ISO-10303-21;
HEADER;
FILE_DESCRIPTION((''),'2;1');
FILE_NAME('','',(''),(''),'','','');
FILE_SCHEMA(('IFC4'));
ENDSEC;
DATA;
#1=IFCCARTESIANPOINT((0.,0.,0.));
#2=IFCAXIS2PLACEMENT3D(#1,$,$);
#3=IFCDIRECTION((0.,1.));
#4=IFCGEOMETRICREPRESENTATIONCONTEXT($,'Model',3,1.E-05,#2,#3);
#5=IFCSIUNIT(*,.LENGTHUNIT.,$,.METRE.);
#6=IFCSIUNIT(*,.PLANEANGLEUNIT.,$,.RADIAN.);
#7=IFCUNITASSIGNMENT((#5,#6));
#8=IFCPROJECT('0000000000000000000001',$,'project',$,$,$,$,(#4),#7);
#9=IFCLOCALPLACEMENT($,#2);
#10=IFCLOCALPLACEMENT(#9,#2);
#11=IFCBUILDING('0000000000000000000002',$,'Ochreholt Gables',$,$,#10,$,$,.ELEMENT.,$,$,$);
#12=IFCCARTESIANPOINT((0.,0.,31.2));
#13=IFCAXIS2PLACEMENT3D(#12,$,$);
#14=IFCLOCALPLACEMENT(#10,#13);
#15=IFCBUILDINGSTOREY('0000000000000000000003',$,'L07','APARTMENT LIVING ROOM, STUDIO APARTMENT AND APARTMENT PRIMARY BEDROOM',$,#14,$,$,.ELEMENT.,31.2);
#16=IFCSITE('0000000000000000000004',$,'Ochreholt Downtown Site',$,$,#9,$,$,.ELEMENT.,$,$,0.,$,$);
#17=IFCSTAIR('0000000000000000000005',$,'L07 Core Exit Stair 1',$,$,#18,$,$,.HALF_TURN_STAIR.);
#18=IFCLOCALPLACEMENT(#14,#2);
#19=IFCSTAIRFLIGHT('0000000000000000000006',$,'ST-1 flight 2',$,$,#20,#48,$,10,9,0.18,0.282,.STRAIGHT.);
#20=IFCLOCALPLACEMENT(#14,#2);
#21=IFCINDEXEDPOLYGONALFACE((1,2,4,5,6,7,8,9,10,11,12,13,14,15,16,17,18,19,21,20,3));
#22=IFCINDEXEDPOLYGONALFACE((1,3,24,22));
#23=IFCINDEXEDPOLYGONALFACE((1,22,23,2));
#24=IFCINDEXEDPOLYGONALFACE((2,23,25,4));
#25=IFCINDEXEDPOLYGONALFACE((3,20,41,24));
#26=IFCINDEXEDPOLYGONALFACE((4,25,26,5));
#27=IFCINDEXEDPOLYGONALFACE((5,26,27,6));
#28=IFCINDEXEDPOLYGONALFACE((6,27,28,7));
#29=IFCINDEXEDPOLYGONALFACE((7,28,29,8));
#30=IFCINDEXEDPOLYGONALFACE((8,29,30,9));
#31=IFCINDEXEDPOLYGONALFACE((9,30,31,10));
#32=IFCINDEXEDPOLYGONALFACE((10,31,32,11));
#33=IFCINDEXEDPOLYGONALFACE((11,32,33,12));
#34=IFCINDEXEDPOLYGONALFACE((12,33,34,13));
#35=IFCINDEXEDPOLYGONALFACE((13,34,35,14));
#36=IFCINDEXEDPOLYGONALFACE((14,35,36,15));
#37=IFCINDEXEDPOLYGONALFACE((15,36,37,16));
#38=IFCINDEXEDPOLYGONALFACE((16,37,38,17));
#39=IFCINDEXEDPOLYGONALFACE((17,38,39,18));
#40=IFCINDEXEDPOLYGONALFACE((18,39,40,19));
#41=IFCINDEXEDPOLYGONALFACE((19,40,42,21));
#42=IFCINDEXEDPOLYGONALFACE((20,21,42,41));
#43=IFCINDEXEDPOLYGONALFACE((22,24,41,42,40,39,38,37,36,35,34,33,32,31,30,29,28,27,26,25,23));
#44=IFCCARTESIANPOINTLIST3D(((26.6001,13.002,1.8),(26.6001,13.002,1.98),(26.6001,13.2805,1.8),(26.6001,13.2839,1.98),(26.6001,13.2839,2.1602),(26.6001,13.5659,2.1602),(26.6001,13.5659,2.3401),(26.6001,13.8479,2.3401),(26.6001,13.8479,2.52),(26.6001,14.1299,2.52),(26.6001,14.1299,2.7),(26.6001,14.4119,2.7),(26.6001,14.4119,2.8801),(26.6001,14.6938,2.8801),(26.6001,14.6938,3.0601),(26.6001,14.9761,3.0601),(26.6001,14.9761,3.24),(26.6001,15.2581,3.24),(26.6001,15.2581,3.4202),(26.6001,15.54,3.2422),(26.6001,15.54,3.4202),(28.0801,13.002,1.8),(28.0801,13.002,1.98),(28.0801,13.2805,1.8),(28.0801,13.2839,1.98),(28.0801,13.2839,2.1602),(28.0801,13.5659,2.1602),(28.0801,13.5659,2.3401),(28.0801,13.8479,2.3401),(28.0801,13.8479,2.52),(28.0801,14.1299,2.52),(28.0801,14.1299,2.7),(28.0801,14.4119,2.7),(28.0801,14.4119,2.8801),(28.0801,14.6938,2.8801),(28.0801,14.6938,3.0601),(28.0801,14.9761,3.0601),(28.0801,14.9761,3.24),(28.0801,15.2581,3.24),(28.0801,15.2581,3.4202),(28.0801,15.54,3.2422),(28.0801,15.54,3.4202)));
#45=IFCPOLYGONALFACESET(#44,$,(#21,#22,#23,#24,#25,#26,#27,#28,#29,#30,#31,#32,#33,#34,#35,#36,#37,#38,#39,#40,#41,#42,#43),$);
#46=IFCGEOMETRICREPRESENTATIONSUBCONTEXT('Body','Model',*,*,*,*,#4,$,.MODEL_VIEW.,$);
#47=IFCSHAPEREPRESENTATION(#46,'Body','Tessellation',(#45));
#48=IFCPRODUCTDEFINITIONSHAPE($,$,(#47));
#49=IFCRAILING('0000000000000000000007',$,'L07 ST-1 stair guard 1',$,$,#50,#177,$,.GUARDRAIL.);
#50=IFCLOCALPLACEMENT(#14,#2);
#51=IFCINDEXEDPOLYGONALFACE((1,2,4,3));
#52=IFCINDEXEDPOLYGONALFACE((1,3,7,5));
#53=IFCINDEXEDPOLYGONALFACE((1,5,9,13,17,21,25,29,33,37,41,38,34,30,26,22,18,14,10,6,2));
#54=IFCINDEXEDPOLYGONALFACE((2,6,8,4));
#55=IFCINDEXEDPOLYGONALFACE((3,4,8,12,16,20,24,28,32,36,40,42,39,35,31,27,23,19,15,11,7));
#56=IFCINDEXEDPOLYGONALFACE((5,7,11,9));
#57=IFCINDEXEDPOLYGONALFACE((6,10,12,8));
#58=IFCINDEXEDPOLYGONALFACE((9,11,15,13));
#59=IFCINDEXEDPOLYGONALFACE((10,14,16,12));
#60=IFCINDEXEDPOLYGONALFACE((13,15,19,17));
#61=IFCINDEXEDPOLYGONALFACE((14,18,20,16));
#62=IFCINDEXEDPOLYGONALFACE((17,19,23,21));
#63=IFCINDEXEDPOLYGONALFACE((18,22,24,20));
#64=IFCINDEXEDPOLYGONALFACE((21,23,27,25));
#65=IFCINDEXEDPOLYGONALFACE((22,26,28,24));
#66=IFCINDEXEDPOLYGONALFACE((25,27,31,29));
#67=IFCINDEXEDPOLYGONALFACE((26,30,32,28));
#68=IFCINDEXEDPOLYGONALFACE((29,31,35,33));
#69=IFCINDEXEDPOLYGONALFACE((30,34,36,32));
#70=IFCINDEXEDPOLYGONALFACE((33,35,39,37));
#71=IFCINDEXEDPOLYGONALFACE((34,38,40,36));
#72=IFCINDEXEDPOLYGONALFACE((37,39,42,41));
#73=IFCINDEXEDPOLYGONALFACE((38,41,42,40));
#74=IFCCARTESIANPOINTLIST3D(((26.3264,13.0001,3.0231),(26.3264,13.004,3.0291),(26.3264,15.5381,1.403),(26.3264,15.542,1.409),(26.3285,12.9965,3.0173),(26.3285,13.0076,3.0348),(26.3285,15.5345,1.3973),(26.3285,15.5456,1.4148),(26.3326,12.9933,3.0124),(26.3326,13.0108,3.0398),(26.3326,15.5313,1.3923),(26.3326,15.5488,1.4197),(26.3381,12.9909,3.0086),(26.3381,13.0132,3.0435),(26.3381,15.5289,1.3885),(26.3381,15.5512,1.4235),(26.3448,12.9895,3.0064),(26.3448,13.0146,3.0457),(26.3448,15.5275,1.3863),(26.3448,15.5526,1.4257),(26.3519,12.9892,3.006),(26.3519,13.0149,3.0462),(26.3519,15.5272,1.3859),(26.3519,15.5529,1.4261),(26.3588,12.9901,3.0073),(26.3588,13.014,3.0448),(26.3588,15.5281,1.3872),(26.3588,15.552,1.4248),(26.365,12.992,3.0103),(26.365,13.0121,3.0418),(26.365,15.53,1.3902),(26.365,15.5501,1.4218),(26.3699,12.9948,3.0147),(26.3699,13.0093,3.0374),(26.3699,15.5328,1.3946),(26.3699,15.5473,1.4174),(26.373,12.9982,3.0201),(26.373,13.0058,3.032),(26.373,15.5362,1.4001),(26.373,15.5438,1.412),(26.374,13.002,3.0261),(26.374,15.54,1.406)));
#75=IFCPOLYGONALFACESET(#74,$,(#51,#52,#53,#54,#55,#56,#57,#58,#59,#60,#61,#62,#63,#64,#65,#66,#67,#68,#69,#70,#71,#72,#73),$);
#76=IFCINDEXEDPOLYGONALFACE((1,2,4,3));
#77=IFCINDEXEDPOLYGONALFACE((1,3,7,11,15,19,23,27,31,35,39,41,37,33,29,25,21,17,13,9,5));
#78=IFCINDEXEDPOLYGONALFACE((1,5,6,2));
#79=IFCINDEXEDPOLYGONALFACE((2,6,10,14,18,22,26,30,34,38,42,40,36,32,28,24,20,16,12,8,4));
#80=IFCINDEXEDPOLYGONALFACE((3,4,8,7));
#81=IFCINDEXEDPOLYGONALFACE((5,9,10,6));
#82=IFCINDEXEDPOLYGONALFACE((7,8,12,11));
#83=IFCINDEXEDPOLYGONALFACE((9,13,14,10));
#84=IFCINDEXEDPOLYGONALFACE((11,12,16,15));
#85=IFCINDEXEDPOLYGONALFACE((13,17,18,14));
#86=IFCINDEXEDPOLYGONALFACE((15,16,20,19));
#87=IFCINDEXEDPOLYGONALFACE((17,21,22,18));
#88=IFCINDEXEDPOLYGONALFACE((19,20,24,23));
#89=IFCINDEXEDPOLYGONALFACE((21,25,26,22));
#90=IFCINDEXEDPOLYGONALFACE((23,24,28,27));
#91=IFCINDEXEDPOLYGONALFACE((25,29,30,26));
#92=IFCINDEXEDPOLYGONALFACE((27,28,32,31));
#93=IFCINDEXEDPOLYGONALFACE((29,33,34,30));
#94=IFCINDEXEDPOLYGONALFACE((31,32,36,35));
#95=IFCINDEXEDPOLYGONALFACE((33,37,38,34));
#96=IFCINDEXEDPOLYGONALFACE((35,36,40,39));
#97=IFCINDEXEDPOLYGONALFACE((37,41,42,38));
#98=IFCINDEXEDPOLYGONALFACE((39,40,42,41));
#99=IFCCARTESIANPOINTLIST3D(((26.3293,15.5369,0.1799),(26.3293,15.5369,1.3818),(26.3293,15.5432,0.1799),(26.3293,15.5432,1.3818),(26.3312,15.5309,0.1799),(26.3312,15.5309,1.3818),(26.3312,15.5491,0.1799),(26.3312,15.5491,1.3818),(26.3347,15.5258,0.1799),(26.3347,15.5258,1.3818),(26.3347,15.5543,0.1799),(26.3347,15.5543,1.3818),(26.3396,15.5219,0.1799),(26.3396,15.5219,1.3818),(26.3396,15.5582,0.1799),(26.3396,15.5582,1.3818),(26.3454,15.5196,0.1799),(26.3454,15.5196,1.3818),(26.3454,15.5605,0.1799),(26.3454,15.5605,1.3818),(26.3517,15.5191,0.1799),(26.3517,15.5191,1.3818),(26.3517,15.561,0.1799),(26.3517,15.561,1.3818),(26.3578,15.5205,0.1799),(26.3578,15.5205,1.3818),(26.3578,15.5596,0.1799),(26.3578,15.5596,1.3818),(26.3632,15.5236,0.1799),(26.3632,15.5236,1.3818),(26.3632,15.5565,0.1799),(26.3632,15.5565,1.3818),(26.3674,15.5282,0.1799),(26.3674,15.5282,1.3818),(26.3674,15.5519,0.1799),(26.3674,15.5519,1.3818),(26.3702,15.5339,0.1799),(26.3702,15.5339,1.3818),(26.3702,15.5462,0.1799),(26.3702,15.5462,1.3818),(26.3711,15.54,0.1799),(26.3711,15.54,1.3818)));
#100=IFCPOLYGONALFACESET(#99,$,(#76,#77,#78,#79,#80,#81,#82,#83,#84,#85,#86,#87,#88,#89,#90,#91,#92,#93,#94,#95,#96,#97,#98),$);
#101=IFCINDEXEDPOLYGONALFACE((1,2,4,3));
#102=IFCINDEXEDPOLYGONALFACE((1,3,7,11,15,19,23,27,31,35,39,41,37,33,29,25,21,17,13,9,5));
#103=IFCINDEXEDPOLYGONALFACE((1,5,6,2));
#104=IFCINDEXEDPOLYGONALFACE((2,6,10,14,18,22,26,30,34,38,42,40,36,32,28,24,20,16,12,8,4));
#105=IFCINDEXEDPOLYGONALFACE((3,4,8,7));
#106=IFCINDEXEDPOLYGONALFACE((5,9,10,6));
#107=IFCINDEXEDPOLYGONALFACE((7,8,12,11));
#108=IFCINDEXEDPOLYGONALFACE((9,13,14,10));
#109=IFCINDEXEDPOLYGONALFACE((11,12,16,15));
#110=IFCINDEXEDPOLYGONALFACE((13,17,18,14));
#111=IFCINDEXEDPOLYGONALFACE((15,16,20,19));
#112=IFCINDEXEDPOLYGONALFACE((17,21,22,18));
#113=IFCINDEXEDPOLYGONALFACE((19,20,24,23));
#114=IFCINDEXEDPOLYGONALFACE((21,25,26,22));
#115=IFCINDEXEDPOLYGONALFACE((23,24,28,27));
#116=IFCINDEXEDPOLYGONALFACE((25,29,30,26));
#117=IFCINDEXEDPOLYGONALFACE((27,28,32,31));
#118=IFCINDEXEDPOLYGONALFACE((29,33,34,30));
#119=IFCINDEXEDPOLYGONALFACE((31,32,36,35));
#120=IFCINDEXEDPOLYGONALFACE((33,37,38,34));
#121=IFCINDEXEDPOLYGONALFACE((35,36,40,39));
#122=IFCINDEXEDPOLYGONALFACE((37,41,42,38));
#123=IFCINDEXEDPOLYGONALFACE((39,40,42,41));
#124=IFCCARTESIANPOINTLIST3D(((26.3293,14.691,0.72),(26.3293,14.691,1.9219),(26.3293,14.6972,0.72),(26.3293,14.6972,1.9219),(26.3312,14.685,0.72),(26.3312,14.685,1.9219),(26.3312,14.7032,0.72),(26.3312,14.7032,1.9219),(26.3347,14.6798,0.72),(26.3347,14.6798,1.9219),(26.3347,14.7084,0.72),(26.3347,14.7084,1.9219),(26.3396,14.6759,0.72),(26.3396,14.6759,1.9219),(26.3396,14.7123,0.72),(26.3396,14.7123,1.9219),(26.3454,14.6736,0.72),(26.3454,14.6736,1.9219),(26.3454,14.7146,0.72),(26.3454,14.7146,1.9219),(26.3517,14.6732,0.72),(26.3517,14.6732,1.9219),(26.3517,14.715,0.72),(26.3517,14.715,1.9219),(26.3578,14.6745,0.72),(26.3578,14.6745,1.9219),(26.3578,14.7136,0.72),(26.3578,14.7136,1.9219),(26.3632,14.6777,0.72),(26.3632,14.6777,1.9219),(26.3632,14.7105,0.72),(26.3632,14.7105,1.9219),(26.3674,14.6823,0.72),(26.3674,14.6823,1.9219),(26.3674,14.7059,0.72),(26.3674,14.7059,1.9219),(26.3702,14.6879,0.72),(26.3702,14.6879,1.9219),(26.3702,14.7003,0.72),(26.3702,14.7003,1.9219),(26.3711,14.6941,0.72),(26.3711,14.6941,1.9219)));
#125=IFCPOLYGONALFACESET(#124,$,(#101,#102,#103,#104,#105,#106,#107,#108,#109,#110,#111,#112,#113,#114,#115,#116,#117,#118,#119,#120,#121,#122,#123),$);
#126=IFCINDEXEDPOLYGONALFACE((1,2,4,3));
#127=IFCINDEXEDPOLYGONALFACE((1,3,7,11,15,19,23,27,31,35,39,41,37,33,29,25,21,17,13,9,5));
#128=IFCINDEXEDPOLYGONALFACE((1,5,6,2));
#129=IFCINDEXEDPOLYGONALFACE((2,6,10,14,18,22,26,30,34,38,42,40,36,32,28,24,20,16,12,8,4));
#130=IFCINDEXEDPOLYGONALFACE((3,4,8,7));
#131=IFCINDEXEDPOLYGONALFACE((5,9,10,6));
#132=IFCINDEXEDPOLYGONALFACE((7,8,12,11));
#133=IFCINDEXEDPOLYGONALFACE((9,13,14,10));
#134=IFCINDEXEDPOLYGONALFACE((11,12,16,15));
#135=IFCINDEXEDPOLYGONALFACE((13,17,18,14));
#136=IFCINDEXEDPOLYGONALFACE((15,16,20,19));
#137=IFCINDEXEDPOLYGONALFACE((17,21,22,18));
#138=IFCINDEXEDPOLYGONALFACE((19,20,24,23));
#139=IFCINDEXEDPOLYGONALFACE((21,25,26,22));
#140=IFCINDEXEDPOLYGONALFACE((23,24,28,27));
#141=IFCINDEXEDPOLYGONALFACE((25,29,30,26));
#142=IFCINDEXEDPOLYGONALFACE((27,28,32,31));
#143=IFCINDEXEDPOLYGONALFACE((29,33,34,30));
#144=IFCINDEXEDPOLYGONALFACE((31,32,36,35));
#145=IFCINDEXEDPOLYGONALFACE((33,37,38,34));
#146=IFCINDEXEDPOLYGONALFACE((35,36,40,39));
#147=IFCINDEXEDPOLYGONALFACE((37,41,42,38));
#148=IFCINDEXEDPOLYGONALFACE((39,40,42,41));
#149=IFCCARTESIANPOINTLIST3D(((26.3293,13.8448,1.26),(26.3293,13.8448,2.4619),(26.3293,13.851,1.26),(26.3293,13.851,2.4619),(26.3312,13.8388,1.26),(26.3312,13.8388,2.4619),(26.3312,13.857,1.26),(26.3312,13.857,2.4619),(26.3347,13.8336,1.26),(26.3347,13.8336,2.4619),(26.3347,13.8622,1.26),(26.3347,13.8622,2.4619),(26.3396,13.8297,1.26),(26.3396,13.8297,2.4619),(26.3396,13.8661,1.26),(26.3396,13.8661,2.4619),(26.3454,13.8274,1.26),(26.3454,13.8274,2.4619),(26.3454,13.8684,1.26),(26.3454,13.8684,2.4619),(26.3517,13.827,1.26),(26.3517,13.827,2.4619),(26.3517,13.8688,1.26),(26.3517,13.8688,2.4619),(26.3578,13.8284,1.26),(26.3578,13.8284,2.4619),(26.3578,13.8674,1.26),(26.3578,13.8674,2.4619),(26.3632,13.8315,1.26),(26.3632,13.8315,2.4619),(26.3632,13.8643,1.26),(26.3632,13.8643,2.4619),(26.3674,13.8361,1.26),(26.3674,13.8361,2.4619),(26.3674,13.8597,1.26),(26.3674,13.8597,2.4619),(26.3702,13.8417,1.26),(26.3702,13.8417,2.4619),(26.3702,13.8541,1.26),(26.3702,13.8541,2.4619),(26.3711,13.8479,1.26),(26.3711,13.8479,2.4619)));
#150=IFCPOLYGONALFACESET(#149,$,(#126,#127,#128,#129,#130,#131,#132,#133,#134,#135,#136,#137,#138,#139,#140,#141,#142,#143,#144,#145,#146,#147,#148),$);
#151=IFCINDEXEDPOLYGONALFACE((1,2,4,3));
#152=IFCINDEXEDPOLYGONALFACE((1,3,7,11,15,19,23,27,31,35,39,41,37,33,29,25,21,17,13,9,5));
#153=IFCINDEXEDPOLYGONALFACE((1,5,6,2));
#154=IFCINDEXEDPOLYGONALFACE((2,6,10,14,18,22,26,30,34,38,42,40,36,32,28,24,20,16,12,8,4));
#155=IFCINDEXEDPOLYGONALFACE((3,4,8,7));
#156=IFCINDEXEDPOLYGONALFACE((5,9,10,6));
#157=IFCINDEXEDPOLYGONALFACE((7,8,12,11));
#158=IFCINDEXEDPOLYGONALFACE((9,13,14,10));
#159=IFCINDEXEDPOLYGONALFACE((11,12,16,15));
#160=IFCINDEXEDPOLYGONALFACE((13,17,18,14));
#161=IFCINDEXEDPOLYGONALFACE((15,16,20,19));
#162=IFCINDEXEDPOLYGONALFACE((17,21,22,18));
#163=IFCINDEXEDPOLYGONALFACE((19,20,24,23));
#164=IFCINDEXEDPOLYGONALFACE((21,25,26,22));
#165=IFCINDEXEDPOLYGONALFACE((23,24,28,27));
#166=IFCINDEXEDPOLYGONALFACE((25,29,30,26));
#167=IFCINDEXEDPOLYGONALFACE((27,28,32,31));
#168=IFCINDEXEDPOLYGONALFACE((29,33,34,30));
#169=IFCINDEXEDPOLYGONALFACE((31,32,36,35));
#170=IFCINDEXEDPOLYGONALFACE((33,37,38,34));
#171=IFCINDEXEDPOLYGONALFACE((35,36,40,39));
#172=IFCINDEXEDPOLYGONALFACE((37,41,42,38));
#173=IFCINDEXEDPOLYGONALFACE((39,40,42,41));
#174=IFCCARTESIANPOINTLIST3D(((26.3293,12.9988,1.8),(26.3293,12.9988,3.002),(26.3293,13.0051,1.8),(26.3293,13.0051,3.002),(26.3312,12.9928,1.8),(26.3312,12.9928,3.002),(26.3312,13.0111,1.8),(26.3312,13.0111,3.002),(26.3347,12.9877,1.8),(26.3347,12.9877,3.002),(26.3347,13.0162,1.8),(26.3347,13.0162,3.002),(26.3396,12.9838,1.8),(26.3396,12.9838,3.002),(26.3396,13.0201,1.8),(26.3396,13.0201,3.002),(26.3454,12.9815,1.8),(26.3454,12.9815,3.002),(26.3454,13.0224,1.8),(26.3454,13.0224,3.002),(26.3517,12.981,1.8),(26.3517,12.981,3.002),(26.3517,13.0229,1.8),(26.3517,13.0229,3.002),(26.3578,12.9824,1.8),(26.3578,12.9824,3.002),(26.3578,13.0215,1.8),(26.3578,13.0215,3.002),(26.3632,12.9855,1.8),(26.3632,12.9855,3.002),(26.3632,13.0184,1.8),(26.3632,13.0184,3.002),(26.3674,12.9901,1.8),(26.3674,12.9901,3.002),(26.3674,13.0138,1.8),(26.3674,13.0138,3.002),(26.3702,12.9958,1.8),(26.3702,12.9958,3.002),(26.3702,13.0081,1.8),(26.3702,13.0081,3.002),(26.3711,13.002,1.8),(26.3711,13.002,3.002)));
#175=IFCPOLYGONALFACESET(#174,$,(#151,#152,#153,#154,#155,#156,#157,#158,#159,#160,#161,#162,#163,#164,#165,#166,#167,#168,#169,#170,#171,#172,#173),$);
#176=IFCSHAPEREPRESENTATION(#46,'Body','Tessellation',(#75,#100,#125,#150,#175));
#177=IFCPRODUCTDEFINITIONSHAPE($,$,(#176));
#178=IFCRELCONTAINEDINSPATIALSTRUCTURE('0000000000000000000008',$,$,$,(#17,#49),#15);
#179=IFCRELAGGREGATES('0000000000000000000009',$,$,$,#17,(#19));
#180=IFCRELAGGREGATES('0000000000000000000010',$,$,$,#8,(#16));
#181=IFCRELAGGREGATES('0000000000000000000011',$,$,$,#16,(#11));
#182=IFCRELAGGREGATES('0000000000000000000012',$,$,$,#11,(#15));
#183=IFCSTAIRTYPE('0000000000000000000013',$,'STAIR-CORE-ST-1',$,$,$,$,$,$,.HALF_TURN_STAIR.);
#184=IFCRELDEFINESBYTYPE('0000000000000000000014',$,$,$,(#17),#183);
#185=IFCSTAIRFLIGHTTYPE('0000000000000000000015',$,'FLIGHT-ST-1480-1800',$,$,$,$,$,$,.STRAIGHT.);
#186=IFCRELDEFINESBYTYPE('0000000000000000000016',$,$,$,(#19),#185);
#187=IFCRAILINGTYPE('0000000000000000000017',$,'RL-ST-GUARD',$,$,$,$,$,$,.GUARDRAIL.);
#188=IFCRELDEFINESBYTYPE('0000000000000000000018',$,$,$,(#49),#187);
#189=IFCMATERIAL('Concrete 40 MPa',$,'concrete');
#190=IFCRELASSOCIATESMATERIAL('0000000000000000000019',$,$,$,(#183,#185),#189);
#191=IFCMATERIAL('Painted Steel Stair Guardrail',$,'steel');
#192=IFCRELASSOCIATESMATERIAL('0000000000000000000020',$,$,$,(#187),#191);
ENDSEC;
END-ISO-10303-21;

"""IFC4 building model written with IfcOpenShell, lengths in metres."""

from ifc_helpers import new_model, si_unit, direction, frame, origin, origin_2d, place, context, subcontext, project, spatial, polyline, circle, outline, extrude, material, type_object, element, aggregate, save


model = new_model("IFC4")

# Units and contexts
model_context = context("Model", 3, precision=1e-05, world=origin(), true_north=direction((0.0, 1.0)))
body_context = subcontext(model_context, "Body", "Model", "MODEL_VIEW")
ifc_project = project(units=[si_unit("LENGTHUNIT", "METRE"), si_unit("PLANEANGLEUNIT", "RADIAN")], contexts=[model_context])

# Site, building, storey
site_placement = place(None, origin())
site = spatial("IfcSite", under=ifc_project, at=site_placement, Name="Ochreholt Downtown Site", CompositionType="ELEMENT", RefElevation=0.0)
building_placement = place(site_placement, origin())
building = spatial("IfcBuilding", under=site, at=building_placement, Name="Ochreholt Gables", CompositionType="ELEMENT")
storey_placement = place(building_placement, frame((0.0, 0.0, 31.2)))
storey = spatial("IfcBuildingStorey", under=building, at=storey_placement, Name="L07", Description="APARTMENT LIVING ROOM, STUDIO APARTMENT AND APARTMENT PRIMARY BEDROOM", CompositionType="ELEMENT", Elevation=31.2)

# Shared definitions
ifc_material_1 = material(Name="Concrete 40 MPa", Category="concrete")

# Stair, stair flight
stair_type = type_object("IfcStairType", Name="STAIR-CORE-ST-1", PredefinedType="HALF_TURN_STAIR", material=ifc_material_1)
stair_placement = place(storey_placement, origin())
stair = element("IfcStair", 1, at=stair_placement, inside=storey, type_object=stair_type, Name="L07 Core Exit Stair 1", PredefinedType="HALF_TURN_STAIR")
stair_flight_type = type_object("IfcStairFlightType", Name="FLIGHT-ST-1480-1800", PredefinedType="STRAIGHT", material=ifc_material_1)
stair_flight_1_placement = place(storey_placement, frame((27.3401, 13.002, 1.8), z_axis=(0.0, 0.0, 1.0), x_axis=(0.0, 1.0, 0.0)))
stair_flight_1 = element("IfcStairFlight", 2, at=stair_flight_1_placement, type_object=stair_flight_type, Name="ST-1 flight 2", NumberOfRisers=10, NumberOfTreads=9, PredefinedType="STRAIGHT", RiserHeight=0.18, TreadLength=0.282, context=body_context, shape_type="SweptSolid", body=[
    extrude(outline(polyline([(0.0, 0.0), (0.0, 0.1799), (0.282, 0.1799), (0.282, 0.3601), (0.564, 0.3601), (0.564, 0.54), (0.8459, 0.54), (0.8459, 0.72), (1.1279, 0.72), (1.1279, 0.8999), (1.4099, 0.8999), (1.4099, 1.0801), (1.6919, 1.0801), (1.6919, 1.26), (1.9741, 1.26), (1.9741, 1.4399), (2.2561, 1.4399), (2.2561, 1.6201), (2.5381, 1.6201), (2.5381, 1.8), (2.5381, 1.4421), (0.2786, 0.0), (0.0, 0.0)])), frame((0.0, 0.74, 0.0), z_axis=(0.0, -1.0, 0.0), x_axis=(1.0, 0.0, 0.0)), (0.0, 0.0, 1.0), 1.48),
])
aggregate(stair, [stair_flight_1])

# Railing
ifc_material_2 = material(Name="Painted Steel Stair Guardrail", Category="steel")
railing_type_1 = type_object("IfcRailingType", Name="RL-ST-GUARD", PredefinedType="GUARDRAIL", material=ifc_material_2)
railing_1_placement = place(storey_placement, frame((26.3501, 15.54, 0.1799)))
element("IfcRailing", 3, at=railing_1_placement, inside=storey, type_object=railing_type_1, Name="L07 ST-1 stair guard 1", PredefinedType="GUARDRAIL", context=body_context, shape_type="SweptSolid", body=[
    extrude(circle(Radius=0.0239, at=origin_2d()), frame((0.0, 0.0, 1.2261), z_axis=(0.0, -0.842913, 0.53805), x_axis=(1.0, 0.0, 0.0)), (0.0, 0.0, 1.0), 3.011),
    extrude(circle(Radius=0.021, at=origin_2d()), origin(), (0.0, 0.0, 1.0), 1.2019),
    extrude(circle(Radius=0.021, at=origin_2d()), frame((0.0, -0.8459, 0.54)), (0.0, 0.0, 1.0), 1.2019),
    extrude(circle(Radius=0.021, at=origin_2d()), frame((0.0, -1.6921, 1.0801)), (0.0, 0.0, 1.0), 1.2019),
    extrude(circle(Radius=0.021, at=origin_2d()), frame((0.0, -2.5381, 1.6201)), (0.0, 0.0, 1.0), 1.2019),
])

save(model, "model.ifc")
